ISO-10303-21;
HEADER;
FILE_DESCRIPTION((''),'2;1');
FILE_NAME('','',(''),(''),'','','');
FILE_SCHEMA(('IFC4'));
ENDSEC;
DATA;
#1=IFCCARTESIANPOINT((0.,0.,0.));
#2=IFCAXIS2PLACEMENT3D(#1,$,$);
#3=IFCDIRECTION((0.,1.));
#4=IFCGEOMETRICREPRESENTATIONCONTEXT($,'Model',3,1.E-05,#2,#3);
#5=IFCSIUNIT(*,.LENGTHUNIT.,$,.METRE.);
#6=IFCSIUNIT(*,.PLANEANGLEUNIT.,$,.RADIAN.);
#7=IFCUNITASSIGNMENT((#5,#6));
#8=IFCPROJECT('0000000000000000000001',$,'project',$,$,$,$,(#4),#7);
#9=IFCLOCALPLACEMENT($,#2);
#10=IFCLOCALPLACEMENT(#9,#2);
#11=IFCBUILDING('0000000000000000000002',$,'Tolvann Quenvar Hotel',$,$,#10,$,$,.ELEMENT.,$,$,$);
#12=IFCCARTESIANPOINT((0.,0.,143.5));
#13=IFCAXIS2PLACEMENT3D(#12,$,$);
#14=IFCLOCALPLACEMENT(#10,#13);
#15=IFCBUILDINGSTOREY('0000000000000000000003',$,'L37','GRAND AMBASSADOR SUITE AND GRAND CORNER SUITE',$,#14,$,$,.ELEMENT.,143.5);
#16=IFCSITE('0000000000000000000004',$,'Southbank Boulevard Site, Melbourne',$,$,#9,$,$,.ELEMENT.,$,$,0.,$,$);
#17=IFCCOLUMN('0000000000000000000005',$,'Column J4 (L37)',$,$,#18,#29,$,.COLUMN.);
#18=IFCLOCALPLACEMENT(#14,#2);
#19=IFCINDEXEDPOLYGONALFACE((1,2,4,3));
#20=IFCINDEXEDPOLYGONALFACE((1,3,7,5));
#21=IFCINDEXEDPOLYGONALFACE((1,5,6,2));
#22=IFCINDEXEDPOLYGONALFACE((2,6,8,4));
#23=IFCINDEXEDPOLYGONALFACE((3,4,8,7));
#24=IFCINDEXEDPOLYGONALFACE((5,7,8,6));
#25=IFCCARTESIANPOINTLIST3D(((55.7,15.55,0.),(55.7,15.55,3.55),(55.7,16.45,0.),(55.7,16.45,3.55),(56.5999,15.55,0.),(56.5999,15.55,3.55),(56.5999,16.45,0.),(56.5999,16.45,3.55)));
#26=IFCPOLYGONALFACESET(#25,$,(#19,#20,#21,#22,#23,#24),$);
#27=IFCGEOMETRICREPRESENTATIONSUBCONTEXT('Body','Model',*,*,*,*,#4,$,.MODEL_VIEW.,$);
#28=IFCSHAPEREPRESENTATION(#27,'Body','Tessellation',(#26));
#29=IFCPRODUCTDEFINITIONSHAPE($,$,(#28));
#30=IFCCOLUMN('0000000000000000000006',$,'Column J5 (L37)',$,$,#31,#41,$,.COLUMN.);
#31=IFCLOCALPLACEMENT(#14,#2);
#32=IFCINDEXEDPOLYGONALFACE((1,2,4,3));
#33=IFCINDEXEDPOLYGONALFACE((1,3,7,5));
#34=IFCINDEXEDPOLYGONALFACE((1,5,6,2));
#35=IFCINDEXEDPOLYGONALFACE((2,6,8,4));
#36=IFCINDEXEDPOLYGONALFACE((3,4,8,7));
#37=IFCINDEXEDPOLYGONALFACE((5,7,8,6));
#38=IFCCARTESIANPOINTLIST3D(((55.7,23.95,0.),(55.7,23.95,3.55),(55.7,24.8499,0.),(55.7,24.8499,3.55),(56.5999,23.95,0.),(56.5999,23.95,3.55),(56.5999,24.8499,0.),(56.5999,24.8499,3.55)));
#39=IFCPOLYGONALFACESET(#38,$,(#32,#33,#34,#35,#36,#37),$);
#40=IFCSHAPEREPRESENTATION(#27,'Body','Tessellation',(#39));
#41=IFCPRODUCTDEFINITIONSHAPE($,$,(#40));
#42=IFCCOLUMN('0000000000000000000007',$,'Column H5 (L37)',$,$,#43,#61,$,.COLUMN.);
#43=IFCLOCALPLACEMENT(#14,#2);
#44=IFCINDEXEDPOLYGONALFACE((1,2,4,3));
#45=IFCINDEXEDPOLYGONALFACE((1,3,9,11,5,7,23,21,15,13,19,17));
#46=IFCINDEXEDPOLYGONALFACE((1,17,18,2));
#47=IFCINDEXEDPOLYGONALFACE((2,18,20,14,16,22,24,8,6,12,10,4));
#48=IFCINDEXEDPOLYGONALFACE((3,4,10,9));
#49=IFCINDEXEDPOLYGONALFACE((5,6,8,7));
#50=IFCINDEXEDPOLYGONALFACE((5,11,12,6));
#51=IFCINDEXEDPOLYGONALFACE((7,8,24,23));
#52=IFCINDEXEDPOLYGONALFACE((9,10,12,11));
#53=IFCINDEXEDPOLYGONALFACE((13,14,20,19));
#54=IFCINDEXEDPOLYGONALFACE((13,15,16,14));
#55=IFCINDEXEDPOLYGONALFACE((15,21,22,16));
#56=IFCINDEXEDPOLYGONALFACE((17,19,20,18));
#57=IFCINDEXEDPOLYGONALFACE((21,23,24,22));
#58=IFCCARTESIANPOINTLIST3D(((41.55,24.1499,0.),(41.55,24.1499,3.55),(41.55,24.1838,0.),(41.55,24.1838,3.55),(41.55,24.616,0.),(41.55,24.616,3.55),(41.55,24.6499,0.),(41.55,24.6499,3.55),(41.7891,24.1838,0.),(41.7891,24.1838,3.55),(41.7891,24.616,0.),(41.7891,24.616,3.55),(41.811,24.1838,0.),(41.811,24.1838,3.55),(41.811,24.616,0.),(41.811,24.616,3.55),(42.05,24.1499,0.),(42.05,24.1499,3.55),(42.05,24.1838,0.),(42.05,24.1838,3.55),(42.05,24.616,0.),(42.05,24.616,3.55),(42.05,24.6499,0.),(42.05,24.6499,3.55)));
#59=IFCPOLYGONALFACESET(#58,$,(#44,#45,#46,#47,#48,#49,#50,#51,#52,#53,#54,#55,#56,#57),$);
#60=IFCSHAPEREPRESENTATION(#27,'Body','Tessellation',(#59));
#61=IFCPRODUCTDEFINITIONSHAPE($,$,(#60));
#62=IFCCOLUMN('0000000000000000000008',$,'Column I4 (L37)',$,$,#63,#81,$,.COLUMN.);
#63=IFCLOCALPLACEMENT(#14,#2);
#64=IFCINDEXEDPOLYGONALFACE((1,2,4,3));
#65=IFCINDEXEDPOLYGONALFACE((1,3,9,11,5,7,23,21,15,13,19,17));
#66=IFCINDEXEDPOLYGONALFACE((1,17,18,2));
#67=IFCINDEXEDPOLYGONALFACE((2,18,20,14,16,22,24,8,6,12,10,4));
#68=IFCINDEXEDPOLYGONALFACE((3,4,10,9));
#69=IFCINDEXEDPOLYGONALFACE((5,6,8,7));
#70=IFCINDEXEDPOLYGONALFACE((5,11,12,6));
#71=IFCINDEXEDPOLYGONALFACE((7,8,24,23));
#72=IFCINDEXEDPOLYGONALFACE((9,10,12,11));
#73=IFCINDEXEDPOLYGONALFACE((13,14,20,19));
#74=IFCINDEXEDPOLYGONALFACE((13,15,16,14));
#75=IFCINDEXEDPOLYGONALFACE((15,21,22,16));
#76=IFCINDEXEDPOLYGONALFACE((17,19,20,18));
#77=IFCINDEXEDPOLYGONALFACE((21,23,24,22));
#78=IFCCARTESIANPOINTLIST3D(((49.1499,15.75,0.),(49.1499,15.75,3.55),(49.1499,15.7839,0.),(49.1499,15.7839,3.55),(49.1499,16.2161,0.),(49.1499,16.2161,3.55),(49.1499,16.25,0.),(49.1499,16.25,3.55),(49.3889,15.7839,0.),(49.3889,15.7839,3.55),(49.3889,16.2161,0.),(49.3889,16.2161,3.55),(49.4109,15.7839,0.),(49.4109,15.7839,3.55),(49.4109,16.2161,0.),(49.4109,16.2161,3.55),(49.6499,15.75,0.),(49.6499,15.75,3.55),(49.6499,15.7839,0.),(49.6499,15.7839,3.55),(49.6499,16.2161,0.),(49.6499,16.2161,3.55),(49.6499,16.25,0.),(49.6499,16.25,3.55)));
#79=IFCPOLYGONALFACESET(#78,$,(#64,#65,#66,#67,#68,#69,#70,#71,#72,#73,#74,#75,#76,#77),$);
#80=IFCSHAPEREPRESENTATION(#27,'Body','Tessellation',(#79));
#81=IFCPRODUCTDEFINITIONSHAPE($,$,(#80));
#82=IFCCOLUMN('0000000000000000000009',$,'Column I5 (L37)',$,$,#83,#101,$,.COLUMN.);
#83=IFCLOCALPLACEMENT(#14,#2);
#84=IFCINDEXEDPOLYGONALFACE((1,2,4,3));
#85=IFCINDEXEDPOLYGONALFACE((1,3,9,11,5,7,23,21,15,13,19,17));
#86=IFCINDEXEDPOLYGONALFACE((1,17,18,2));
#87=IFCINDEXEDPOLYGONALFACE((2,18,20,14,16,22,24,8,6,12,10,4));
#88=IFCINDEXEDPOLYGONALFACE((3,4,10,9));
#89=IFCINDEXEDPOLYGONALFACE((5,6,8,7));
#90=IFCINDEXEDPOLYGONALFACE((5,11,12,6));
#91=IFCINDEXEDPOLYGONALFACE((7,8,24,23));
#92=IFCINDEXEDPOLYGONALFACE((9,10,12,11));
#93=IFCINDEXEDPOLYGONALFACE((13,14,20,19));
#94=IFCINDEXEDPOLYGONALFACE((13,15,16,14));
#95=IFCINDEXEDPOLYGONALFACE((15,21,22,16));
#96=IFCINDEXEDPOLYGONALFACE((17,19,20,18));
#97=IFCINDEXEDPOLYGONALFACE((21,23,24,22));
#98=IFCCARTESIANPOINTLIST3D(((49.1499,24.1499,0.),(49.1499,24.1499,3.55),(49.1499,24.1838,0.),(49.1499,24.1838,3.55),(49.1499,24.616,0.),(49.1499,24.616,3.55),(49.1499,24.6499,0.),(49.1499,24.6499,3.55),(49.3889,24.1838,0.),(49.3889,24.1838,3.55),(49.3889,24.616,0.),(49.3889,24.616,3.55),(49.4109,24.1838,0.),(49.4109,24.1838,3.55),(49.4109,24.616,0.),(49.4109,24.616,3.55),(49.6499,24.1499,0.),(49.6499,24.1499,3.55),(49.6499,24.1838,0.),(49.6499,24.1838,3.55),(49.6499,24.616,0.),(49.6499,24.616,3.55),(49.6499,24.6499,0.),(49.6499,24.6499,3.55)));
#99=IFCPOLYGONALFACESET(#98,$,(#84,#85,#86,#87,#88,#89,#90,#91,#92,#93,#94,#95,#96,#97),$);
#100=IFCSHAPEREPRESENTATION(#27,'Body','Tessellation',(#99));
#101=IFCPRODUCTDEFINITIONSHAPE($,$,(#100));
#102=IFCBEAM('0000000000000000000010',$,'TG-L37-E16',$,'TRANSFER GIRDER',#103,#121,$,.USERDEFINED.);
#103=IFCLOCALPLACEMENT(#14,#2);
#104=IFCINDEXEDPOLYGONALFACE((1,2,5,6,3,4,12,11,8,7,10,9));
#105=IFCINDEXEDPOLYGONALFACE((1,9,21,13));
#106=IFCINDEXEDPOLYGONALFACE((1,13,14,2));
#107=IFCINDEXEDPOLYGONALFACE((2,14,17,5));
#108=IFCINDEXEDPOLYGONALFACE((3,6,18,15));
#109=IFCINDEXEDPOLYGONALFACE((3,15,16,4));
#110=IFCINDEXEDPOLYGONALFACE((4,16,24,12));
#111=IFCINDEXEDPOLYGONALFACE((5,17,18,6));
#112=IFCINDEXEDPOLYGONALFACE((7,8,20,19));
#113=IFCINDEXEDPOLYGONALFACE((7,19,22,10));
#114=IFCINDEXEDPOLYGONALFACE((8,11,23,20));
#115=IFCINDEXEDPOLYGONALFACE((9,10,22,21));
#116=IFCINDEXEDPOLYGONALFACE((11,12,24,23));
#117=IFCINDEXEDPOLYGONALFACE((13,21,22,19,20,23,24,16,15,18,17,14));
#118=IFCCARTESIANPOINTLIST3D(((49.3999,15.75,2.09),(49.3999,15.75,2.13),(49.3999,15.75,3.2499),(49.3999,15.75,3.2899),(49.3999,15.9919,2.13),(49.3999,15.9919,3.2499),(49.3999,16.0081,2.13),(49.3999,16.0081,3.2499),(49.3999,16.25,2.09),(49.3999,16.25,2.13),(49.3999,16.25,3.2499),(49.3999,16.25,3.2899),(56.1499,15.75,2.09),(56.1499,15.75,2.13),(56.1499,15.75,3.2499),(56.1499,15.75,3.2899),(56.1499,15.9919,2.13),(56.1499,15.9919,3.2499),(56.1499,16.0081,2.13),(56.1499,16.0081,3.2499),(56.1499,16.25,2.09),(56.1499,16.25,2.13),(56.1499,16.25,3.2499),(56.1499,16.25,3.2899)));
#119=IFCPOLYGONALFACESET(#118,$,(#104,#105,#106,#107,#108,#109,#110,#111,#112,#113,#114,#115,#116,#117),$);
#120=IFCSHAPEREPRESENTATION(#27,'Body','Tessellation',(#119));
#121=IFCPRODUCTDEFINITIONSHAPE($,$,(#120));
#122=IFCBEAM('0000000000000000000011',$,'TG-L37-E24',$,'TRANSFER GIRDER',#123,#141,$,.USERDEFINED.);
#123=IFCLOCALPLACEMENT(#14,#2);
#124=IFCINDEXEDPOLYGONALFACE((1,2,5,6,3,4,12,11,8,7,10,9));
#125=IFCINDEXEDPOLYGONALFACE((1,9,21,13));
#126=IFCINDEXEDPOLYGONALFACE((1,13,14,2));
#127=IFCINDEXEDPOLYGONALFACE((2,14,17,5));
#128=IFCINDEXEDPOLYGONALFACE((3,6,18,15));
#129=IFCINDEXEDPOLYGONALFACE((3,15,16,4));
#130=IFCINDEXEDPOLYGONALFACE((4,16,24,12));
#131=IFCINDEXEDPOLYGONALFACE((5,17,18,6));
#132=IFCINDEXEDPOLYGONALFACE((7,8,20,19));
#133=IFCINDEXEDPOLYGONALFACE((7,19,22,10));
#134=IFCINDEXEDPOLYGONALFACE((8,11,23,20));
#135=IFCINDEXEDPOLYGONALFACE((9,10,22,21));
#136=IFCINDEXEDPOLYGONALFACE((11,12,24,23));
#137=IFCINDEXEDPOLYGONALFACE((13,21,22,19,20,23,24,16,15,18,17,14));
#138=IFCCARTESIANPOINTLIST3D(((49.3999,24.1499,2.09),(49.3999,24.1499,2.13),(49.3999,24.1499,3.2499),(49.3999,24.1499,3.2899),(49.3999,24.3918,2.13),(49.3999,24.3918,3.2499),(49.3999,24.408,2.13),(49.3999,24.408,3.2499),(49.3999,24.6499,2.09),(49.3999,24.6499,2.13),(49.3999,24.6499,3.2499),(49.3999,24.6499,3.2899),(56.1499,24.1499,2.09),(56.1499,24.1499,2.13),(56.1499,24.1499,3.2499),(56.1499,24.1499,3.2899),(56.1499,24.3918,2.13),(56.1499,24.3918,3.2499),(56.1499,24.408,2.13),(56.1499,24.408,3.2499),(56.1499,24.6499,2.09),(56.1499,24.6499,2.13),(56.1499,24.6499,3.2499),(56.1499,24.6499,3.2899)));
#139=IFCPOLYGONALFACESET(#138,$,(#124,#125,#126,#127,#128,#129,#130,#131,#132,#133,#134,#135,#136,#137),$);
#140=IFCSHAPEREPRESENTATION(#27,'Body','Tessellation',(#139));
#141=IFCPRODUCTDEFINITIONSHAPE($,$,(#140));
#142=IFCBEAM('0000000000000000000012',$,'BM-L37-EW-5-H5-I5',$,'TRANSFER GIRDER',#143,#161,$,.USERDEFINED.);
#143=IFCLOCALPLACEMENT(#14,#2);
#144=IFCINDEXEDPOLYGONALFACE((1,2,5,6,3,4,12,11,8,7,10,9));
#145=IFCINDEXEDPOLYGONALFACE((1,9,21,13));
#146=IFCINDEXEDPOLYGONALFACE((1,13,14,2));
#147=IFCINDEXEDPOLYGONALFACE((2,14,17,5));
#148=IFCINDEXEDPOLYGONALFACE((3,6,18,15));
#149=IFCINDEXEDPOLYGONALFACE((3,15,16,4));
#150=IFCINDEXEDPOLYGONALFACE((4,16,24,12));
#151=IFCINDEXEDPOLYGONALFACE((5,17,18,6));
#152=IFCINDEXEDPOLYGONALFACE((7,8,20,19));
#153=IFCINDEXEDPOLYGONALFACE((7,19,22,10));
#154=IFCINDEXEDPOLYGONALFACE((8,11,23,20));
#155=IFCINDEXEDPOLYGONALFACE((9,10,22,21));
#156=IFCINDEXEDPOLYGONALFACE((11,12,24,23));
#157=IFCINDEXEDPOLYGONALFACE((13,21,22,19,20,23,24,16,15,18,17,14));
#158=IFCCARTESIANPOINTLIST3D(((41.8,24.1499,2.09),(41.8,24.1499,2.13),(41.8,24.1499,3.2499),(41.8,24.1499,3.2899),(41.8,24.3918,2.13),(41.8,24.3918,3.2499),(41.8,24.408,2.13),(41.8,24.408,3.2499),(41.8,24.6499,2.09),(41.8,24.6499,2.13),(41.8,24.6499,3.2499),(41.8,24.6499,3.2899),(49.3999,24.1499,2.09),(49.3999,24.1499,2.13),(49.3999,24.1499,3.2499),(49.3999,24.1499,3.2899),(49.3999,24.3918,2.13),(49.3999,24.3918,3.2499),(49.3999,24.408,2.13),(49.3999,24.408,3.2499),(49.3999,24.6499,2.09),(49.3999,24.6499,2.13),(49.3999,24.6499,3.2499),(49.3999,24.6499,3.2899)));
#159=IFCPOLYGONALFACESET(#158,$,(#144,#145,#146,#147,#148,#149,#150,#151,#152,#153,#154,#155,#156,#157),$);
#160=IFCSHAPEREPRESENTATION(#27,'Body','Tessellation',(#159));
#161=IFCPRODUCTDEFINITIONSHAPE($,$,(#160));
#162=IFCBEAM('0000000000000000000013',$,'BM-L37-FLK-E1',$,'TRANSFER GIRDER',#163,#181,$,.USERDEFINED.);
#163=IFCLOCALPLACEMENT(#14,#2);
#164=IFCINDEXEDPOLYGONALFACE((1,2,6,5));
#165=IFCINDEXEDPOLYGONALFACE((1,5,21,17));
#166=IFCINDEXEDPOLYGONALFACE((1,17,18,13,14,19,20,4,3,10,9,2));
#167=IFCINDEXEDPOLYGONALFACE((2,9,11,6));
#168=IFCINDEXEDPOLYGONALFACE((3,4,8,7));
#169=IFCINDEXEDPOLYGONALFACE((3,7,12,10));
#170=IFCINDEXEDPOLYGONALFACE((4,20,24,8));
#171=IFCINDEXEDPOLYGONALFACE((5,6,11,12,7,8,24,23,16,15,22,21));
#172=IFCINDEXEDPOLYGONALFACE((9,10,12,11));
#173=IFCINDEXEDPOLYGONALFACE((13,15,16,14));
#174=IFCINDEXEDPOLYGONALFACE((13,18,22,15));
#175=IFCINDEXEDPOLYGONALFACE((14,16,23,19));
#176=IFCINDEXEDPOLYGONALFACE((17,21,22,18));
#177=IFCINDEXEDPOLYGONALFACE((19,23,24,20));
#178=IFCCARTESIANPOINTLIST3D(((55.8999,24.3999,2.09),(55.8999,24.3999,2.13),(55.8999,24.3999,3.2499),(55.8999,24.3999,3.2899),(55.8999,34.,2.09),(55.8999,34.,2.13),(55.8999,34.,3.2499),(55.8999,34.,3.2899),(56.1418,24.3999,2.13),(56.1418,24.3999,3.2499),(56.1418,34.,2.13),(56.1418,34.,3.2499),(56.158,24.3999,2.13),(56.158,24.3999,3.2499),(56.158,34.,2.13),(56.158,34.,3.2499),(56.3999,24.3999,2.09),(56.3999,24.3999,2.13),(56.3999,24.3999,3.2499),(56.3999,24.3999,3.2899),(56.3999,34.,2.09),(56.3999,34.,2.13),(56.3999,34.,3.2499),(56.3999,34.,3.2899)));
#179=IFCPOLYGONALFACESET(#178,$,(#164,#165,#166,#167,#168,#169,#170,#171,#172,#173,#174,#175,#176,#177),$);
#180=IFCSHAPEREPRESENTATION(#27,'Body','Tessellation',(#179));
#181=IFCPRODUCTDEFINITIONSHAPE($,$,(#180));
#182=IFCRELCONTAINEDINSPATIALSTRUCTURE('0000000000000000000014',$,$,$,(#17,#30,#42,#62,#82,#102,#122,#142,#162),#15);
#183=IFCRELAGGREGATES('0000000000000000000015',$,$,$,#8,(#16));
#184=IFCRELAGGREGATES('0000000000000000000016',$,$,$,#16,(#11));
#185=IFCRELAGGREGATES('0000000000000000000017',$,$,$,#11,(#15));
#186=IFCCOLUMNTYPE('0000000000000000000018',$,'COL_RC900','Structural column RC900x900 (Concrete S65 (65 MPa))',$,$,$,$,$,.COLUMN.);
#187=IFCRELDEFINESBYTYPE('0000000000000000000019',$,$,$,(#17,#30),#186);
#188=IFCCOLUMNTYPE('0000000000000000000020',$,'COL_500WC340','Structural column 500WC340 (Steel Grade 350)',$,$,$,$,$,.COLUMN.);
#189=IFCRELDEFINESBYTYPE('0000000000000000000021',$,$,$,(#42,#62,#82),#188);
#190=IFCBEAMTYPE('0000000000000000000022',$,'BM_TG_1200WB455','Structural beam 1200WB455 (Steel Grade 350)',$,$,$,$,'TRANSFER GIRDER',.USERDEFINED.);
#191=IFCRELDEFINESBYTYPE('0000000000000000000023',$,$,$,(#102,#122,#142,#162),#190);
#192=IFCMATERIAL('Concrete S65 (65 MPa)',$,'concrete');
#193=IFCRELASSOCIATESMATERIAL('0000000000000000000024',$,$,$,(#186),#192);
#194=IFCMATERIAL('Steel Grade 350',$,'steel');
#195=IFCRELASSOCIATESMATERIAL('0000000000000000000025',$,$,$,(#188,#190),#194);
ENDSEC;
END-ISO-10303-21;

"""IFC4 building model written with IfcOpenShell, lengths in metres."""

from ifc_helpers import new_model, si_unit, direction, frame, origin, origin_2d, place, context, subcontext, project, spatial, rectangle, i_section, extrude, source, transform, mapped, material, material_profile, profile_set, type_object, type_shapes, element, save


model = new_model("IFC4")

# Units and contexts
model_context = context("Model", 3, precision=1e-05, world=origin(), true_north=direction((0.0, 1.0)))
body_context = subcontext(model_context, "Body", "Model", "MODEL_VIEW")
ifc_project = project(units=[si_unit("LENGTHUNIT", "METRE"), si_unit("PLANEANGLEUNIT", "RADIAN")], contexts=[model_context])

# Site, building, storey
site_placement = place(None, origin())
site = spatial("IfcSite", under=ifc_project, at=site_placement, Name="Southbank Boulevard Site, Melbourne", CompositionType="ELEMENT", RefElevation=0.0)
building_placement = place(site_placement, origin())
building = spatial("IfcBuilding", under=site, at=building_placement, Name="Tolvann Quenvar Hotel", CompositionType="ELEMENT")
storey_placement = place(building_placement, frame((0.0, 0.0, 143.5)))
storey = spatial("IfcBuildingStorey", under=building, at=storey_placement, Name="L37", Description="GRAND AMBASSADOR SUITE AND GRAND CORNER SUITE", CompositionType="ELEMENT", Elevation=143.5)

# Columns
ifc_material_1 = material(Name="Concrete S65 (65 MPa)", Category="concrete")
ifc_material_profile_1 = material_profile(ifc_material_1, rectangle(XDim=0.8999, YDim=0.8999, at=origin_2d()), Name="RC900x900")
ifc_profile_set_1 = profile_set([ifc_material_profile_1], Name="Concrete S65 (65 MPa)")
column_type_1 = type_object("IfcColumnType", Name="COL_RC900", Description="Structural column RC900x900 (Concrete S65 (65 MPa))", PredefinedType="COLUMN", material=ifc_profile_set_1)
shared_shape_1 = source(origin(), body_context, "Body", "SweptSolid", [
    extrude(rectangle(XDim=0.8999, YDim=0.8999, at=origin_2d()), origin(), (0.0, 0.0, 1.0), 3.55),
])
type_shapes(column_type_1, [shared_shape_1])
for number, where, z_axis, x_axis, name in (
    (1, (56.1499, 16.0, 0.0), (0.0, 0.0, 1.0), (1.0, 0.0, 0.0), "Column J4 (L37)"),
    (2, (56.1499, 24.3999, 0.0), (0.0, 0.0, 1.0), (1.0, 0.0, 0.0), "Column J5 (L37)"),
):
    element("IfcColumn", number, at=place(storey_placement, frame(where, z_axis=z_axis, x_axis=x_axis)), inside=storey, type_object=column_type_1, Name=name, PredefinedType="COLUMN", context=body_context, shape_type="MappedRepresentation", body=[
        mapped(shared_shape_1, transform((0.0, 0.0, 0.0), x_axis=(1.0, 0.0, 0.0), y_axis=(0.0, 1.0, 0.0), z_axis=(0.0, 0.0, 1.0), scale=1.0)),
    ])
ifc_material_2 = material(Name="Steel Grade 350", Category="steel")
ifc_material_profile_2 = material_profile(ifc_material_2, i_section(OverallWidth=0.5, OverallDepth=0.5, WebThickness=0.022, FlangeThickness=0.0339, at=origin_2d()), Name="500WC340")
ifc_profile_set_2 = profile_set([ifc_material_profile_2], Name="Steel Grade 350")
column_type_2 = type_object("IfcColumnType", Name="COL_500WC340", Description="Structural column 500WC340 (Steel Grade 350)", PredefinedType="COLUMN", material=ifc_profile_set_2)
shared_shape_2 = source(origin(), body_context, "Body", "SweptSolid", [
    extrude(i_section(OverallWidth=0.5, OverallDepth=0.5, WebThickness=0.022, FlangeThickness=0.0339, at=origin_2d()), origin(), (0.0, 0.0, 1.0), 3.55),
])
type_shapes(column_type_2, [shared_shape_2])
for number, where, z_axis, x_axis, name in (
    (3, (41.8, 24.3999, 0.0), (0.0, 0.0, 1.0), (1.0, 0.0, 0.0), "Column H5 (L37)"),
    (4, (49.3999, 16.0, 0.0), (0.0, 0.0, 1.0), (1.0, 0.0, 0.0), "Column I4 (L37)"),
    (5, (49.3999, 24.3999, 0.0), (0.0, 0.0, 1.0), (1.0, 0.0, 0.0), "Column I5 (L37)"),
):
    element("IfcColumn", number, at=place(storey_placement, frame(where, z_axis=z_axis, x_axis=x_axis)), inside=storey, type_object=column_type_2, Name=name, PredefinedType="COLUMN", context=body_context, shape_type="MappedRepresentation", body=[
        mapped(shared_shape_2, transform((0.0, 0.0, 0.0), x_axis=(1.0, 0.0, 0.0), y_axis=(0.0, 1.0, 0.0), z_axis=(0.0, 0.0, 1.0), scale=1.0)),
    ])

# Beams
ifc_material_profile_3 = material_profile(ifc_material_2, i_section(OverallWidth=0.5, OverallDepth=1.2, WebThickness=0.0161, FlangeThickness=0.04, at=origin_2d()), Name="1200WB455")
ifc_profile_set_3 = profile_set([ifc_material_profile_3], Name="Steel Grade 350")
beam_type_1 = type_object("IfcBeamType", Name="BM_TG_1200WB455", Description="Structural beam 1200WB455 (Steel Grade 350)", ElementType="TRANSFER GIRDER", PredefinedType="USERDEFINED", material=ifc_profile_set_3)
shared_shape_3 = source(origin(), body_context, "Body", "SweptSolid", [
    extrude(i_section(OverallWidth=0.5, OverallDepth=1.2, WebThickness=0.0161, FlangeThickness=0.04, at=origin_2d()), origin(), (0.0, 0.0, 1.0), 6.75),
])
for number, where, z_axis, x_axis, name in (
    (6, (49.3999, 16.0, 2.6899), (1.0, 0.0, 0.0), (0.0, 1.0, 0.0), "TG-L37-E16"),
    (7, (49.3999, 24.3999, 2.6899), (1.0, 0.0, 0.0), (0.0, 1.0, 0.0), "TG-L37-E24"),
):
    element("IfcBeam", number, at=place(storey_placement, frame(where, z_axis=z_axis, x_axis=x_axis)), inside=storey, type_object=beam_type_1, Name=name, ObjectType="TRANSFER GIRDER", PredefinedType="USERDEFINED", context=body_context, shape_type="MappedRepresentation", body=[
        mapped(shared_shape_3, transform((0.0, 0.0, 0.0), x_axis=(1.0, 0.0, 0.0), y_axis=(0.0, 1.0, 0.0), z_axis=(0.0, 0.0, 1.0), scale=1.0)),
    ])
shared_shape_4 = source(origin(), body_context, "Body", "SweptSolid", [
    extrude(i_section(OverallWidth=0.5, OverallDepth=1.2, WebThickness=0.0161, FlangeThickness=0.04, at=origin_2d()), origin(), (0.0, 0.0, 1.0), 7.5999),
])
beam_1_placement = place(storey_placement, frame((41.8, 24.3999, 2.6899), z_axis=(1.0, 0.0, 0.0), x_axis=(0.0, 1.0, 0.0)))
element("IfcBeam", 8, at=beam_1_placement, inside=storey, type_object=beam_type_1, Name="BM-L37-EW-5-H5-I5", ObjectType="TRANSFER GIRDER", PredefinedType="USERDEFINED", context=body_context, shape_type="MappedRepresentation", body=[
    mapped(shared_shape_4, transform((0.0, 0.0, 0.0), x_axis=(1.0, 0.0, 0.0), y_axis=(0.0, 1.0, 0.0), z_axis=(0.0, 0.0, 1.0), scale=1.0)),
])
shared_shape_5 = source(origin(), body_context, "Body", "SweptSolid", [
    extrude(i_section(OverallWidth=0.5, OverallDepth=1.2, WebThickness=0.0161, FlangeThickness=0.04, at=origin_2d()), origin(), (0.0, 0.0, 1.0), 9.6001),
])
beam_2_placement = place(storey_placement, frame((56.1499, 24.3999, 2.6899), z_axis=(0.0, 1.0, 0.0), x_axis=(-1.0, 0.0, 0.0)))
element("IfcBeam", 9, at=beam_2_placement, inside=storey, type_object=beam_type_1, Name="BM-L37-FLK-E1", ObjectType="TRANSFER GIRDER", PredefinedType="USERDEFINED", context=body_context, shape_type="MappedRepresentation", body=[
    mapped(shared_shape_5, transform((0.0, 0.0, 0.0), x_axis=(1.0, 0.0, 0.0), y_axis=(0.0, 1.0, 0.0), z_axis=(0.0, 0.0, 1.0), scale=1.0)),
])

save(model, "model.ifc")
